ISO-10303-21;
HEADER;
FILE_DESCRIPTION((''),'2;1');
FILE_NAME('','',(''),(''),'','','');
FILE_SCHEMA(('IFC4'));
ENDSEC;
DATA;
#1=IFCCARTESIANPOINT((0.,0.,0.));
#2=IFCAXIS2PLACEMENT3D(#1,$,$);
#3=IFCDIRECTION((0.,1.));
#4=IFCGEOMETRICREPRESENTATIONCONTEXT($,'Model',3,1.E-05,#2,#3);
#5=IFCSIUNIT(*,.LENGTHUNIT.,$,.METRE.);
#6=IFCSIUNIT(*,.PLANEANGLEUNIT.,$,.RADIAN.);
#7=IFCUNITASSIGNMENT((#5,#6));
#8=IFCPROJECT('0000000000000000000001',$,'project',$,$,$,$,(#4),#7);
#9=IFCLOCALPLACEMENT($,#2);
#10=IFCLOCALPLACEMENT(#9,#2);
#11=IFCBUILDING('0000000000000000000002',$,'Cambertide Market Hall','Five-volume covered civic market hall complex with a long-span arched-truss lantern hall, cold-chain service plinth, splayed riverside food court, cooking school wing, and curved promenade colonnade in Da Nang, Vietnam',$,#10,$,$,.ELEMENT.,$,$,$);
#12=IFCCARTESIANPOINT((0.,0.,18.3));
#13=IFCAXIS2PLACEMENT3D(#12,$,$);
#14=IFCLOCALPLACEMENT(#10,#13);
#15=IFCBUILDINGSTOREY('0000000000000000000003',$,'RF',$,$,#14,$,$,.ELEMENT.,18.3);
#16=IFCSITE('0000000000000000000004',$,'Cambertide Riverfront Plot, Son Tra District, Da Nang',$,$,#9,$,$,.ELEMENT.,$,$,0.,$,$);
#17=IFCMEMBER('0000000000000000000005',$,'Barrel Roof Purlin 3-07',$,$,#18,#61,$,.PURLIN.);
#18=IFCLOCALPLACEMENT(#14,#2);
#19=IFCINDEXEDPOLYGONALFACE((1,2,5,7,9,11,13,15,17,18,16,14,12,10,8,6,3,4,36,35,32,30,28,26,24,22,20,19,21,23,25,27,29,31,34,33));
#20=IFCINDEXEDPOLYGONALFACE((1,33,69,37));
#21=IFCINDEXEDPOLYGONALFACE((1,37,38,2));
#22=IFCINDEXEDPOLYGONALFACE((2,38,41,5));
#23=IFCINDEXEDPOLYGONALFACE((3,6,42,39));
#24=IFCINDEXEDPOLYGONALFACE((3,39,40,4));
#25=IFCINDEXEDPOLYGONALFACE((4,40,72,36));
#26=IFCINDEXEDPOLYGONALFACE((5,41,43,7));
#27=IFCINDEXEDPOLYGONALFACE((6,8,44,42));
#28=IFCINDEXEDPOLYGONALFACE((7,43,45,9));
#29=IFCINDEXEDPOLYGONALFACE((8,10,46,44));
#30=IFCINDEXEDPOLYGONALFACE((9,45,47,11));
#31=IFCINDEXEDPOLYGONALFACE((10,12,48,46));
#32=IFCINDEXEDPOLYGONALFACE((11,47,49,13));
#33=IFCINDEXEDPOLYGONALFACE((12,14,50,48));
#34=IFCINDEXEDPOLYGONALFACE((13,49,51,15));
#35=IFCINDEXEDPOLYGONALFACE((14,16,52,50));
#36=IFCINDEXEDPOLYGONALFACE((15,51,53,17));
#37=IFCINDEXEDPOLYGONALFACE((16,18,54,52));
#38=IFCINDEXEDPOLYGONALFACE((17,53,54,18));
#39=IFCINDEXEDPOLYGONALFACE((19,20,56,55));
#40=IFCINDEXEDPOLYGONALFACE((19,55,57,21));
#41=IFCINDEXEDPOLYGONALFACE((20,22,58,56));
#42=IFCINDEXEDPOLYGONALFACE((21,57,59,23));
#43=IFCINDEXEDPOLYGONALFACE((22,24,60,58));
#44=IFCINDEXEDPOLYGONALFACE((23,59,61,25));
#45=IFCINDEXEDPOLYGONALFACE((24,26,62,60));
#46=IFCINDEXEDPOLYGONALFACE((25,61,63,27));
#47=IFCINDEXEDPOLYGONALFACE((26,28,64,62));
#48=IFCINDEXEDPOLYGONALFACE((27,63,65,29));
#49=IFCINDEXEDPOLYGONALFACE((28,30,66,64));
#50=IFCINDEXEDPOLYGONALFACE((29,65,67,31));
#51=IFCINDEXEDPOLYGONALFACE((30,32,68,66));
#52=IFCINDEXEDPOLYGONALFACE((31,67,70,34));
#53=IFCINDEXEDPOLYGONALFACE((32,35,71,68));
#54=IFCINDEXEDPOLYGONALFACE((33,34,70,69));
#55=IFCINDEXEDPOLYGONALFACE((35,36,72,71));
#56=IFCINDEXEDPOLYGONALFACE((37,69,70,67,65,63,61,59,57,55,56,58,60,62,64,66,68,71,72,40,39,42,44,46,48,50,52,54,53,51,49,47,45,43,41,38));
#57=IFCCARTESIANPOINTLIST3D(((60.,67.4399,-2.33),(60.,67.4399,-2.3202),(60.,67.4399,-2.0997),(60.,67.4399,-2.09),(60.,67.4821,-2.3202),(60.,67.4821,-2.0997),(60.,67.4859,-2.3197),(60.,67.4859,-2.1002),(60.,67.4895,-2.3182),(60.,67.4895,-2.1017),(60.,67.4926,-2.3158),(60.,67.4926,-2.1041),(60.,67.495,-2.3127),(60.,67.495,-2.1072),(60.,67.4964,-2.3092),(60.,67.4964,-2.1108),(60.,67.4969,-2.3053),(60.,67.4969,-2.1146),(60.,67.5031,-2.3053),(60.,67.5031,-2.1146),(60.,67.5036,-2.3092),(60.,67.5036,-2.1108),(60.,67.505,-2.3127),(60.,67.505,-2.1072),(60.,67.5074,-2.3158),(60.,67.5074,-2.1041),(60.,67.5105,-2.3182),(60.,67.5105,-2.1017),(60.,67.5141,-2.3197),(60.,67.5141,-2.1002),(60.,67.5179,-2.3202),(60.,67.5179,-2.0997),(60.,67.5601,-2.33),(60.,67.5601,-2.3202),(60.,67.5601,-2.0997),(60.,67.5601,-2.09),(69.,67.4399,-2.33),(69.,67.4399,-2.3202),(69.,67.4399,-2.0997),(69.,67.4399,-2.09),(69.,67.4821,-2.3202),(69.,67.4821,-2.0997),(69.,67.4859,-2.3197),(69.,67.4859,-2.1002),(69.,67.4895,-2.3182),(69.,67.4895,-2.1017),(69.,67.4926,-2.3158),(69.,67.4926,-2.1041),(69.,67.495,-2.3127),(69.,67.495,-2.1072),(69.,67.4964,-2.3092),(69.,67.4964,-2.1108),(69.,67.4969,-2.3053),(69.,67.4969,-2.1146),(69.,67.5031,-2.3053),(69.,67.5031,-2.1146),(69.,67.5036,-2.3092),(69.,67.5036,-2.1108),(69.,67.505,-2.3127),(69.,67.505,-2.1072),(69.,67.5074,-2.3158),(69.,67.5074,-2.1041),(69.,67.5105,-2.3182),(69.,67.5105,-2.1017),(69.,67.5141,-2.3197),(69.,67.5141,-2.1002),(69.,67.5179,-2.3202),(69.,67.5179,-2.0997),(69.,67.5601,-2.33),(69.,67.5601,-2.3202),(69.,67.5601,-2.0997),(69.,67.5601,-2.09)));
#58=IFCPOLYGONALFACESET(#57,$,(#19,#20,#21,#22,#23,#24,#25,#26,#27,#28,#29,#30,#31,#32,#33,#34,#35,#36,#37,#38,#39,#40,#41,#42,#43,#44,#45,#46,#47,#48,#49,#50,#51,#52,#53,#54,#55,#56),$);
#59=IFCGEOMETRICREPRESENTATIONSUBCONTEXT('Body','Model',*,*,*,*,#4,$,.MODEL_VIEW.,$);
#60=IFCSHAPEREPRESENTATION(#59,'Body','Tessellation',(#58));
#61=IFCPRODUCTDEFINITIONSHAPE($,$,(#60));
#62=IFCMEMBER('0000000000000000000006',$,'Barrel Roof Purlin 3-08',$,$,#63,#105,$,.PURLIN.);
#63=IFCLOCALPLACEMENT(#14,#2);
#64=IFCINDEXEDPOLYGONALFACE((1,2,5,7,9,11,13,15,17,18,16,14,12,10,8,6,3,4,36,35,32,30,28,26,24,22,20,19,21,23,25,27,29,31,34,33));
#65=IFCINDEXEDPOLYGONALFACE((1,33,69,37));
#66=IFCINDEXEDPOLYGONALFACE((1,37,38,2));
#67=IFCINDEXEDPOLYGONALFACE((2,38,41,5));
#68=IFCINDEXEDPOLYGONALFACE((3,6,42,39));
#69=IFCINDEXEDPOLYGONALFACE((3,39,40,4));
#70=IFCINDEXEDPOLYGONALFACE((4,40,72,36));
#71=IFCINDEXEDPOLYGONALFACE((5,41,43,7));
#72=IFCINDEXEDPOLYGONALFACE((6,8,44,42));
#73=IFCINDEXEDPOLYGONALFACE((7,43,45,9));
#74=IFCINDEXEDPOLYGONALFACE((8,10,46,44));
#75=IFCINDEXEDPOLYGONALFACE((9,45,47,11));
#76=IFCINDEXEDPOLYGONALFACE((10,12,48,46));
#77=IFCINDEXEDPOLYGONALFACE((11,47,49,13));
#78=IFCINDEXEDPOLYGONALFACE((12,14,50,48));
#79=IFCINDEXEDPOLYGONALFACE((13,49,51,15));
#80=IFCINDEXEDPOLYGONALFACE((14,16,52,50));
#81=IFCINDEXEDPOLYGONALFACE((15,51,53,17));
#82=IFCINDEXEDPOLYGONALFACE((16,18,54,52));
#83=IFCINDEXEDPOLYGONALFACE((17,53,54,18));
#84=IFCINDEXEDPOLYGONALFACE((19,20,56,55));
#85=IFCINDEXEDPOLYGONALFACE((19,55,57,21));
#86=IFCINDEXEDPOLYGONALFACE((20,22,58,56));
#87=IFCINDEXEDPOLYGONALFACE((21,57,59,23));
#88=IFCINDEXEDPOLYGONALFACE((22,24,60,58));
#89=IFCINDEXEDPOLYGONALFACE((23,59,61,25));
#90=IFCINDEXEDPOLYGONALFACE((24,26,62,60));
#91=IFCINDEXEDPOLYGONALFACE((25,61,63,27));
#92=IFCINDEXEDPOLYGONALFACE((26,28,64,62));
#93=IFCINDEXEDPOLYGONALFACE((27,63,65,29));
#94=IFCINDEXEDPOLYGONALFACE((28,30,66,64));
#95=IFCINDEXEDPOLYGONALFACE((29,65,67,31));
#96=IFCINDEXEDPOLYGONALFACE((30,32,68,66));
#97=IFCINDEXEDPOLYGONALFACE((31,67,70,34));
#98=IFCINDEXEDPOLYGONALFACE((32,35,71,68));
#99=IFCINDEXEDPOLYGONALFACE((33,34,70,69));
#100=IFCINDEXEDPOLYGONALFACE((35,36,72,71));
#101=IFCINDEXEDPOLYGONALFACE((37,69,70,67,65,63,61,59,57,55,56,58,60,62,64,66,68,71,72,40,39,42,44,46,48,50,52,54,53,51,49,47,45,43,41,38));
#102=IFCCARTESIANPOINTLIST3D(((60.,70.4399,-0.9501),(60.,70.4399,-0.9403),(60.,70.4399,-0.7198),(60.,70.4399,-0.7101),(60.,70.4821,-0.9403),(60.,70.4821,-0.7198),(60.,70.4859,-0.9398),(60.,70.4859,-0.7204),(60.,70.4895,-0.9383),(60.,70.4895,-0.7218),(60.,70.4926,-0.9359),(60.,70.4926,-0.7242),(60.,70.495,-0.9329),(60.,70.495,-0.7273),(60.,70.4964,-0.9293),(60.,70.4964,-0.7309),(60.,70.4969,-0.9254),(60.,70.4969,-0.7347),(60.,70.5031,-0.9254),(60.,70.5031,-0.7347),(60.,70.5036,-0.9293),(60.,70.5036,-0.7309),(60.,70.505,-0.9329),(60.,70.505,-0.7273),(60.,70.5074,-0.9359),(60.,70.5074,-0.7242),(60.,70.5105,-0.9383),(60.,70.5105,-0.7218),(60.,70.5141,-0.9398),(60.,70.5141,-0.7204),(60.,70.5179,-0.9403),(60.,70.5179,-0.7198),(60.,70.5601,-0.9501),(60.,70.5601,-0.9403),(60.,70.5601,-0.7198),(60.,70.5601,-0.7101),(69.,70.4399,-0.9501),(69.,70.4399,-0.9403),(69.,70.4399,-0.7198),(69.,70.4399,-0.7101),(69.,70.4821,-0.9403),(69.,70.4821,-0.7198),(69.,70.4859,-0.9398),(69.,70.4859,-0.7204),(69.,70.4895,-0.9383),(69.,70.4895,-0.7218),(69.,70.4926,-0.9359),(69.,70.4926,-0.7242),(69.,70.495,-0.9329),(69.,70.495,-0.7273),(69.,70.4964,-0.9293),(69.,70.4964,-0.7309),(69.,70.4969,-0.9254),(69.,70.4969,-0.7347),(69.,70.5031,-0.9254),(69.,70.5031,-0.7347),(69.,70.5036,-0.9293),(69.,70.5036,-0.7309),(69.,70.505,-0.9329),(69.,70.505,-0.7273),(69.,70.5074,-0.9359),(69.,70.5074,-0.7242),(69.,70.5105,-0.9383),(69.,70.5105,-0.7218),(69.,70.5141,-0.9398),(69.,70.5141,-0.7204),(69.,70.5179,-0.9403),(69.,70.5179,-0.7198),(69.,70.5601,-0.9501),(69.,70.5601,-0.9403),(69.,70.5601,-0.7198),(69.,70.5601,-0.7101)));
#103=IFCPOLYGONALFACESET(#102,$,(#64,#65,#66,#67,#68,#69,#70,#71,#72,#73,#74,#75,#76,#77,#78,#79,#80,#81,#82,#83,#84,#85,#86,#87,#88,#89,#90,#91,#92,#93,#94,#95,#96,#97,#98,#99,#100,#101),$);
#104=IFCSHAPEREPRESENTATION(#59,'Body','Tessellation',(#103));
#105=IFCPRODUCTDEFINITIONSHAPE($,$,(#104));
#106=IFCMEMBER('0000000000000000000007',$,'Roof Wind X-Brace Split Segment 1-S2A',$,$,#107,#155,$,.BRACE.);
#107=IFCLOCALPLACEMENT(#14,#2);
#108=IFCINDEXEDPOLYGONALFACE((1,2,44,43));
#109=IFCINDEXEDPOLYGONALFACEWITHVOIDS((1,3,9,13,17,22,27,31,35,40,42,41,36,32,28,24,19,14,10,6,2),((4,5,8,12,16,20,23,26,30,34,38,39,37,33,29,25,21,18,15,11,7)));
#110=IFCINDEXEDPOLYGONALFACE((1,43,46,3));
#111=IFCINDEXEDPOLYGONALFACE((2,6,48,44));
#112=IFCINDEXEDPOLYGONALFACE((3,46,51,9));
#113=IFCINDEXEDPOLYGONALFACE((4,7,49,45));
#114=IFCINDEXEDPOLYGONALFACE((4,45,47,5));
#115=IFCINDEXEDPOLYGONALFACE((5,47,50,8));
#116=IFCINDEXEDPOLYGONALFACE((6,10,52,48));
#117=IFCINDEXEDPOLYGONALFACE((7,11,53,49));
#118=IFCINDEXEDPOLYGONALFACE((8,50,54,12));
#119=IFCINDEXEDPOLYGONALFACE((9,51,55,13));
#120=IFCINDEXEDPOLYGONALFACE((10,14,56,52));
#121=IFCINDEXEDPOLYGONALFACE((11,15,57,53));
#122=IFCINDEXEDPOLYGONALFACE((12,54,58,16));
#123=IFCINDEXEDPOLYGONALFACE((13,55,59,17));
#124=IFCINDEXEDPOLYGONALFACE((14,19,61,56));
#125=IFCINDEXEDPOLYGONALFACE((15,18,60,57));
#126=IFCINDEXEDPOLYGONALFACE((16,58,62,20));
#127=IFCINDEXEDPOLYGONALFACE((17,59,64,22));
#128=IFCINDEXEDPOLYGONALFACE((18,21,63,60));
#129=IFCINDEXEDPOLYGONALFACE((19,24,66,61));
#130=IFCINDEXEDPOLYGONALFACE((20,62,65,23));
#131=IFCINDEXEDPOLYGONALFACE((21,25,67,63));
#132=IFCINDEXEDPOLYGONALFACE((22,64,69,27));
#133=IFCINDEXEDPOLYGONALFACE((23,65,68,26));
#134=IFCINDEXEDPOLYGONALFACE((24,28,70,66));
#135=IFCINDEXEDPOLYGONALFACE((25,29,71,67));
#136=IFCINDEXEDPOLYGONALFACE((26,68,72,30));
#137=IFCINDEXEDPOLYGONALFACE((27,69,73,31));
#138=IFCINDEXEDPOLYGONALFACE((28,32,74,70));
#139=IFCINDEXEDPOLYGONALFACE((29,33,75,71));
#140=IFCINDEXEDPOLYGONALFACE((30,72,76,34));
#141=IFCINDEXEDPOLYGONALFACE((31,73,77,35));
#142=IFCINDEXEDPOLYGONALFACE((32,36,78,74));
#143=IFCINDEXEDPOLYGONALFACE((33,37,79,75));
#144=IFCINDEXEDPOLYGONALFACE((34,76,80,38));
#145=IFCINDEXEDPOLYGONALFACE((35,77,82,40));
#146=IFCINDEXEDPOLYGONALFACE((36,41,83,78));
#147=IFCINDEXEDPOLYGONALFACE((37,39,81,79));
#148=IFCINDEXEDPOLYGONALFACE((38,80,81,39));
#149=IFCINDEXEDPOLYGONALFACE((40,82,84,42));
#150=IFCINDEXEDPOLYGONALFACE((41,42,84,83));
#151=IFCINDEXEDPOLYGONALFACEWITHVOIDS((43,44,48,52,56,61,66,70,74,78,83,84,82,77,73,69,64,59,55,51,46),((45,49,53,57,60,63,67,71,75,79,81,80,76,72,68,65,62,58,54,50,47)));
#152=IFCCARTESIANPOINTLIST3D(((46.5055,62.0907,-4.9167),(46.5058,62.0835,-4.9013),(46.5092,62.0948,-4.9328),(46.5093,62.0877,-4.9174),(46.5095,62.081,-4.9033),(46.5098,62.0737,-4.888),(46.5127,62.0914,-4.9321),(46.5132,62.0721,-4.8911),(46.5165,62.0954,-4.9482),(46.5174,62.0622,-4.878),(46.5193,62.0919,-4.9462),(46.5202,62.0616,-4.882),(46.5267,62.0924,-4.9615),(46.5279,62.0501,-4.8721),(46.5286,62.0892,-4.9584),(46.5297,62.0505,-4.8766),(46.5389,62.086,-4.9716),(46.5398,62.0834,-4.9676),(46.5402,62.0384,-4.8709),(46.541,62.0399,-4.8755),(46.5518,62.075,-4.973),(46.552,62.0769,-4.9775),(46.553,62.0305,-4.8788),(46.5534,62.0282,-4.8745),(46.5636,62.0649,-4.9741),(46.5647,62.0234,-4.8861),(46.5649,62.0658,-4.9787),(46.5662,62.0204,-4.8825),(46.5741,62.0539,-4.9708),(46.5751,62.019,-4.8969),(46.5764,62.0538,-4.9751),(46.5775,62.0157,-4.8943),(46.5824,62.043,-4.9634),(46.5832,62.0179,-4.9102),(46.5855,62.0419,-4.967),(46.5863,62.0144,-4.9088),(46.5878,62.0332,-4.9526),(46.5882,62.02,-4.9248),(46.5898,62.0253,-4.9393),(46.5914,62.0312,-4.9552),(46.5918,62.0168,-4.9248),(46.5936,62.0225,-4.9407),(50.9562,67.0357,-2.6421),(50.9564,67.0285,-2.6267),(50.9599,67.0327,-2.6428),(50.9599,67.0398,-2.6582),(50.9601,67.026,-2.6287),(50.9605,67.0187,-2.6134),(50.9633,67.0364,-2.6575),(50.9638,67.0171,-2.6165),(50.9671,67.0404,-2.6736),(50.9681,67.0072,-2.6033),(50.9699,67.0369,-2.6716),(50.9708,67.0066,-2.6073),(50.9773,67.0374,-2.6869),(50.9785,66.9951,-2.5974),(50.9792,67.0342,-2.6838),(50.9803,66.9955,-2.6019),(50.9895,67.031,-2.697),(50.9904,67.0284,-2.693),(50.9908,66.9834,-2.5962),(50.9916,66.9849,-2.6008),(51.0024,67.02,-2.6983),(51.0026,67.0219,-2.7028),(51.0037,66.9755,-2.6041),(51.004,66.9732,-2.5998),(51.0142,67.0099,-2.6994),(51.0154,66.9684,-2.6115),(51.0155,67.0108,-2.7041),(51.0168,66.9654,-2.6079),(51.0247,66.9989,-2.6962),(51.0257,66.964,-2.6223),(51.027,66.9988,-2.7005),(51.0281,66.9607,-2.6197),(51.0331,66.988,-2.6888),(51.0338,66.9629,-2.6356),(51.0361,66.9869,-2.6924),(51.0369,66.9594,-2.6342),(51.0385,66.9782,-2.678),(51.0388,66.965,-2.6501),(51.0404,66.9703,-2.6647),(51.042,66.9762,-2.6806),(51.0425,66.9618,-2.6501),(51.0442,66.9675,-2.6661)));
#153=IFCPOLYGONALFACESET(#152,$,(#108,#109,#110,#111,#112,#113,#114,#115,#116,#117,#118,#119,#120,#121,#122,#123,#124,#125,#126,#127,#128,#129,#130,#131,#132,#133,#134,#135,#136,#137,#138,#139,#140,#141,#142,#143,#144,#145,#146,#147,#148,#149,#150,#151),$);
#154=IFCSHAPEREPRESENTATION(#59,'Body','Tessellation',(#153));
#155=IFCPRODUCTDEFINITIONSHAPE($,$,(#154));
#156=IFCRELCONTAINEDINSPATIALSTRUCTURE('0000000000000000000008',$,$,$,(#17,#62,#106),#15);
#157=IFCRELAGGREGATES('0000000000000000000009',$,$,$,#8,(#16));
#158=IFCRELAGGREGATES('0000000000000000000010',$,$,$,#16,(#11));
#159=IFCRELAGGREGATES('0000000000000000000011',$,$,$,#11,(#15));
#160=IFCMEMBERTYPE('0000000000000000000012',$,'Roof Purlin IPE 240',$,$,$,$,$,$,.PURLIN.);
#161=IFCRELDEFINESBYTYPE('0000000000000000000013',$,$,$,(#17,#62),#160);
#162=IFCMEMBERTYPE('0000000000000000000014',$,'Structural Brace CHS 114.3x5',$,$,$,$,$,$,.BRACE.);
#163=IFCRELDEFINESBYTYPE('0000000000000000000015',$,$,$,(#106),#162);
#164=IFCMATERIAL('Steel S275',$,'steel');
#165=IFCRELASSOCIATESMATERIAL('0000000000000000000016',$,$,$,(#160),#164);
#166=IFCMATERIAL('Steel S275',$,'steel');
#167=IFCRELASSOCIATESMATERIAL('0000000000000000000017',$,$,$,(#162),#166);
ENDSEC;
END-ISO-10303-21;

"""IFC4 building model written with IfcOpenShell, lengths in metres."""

from ifc_helpers import new_model, si_unit, direction, frame, origin, origin_2d, place, context, subcontext, project, spatial, hollow_circle, i_section, extrude, material, material_profile, profile_set, type_object, element, save


model = new_model("IFC4")

# Units and contexts
model_context = context("Model", 3, precision=1e-05, world=origin(), true_north=direction((0.0, 1.0)))
body_context = subcontext(model_context, "Body", "Model", "MODEL_VIEW")
ifc_project = project(units=[si_unit("LENGTHUNIT", "METRE"), si_unit("PLANEANGLEUNIT", "RADIAN")], contexts=[model_context])

# Site, building, storey
site_placement = place(None, origin())
site = spatial("IfcSite", under=ifc_project, at=site_placement, Name="Cambertide Riverfront Plot, Son Tra District, Da Nang", CompositionType="ELEMENT", RefElevation=0.0)
building_placement = place(site_placement, origin())
building = spatial("IfcBuilding", under=site, at=building_placement, Name="Cambertide Market Hall", Description="Five-volume covered civic market hall complex with a long-span arched-truss lantern hall, cold-chain service plinth, splayed riverside food court, cooking school wing, and curved promenade colonnade in Da Nang, Vietnam", CompositionType="ELEMENT")
storey_placement = place(building_placement, frame((0.0, 0.0, 18.3)))
storey = spatial("IfcBuildingStorey", under=building, at=storey_placement, Name="RF", CompositionType="ELEMENT", Elevation=18.3)

# Members
ifc_material_1 = material(Name="Steel S275", Category="steel")
ifc_material_profile_1 = material_profile(ifc_material_1, i_section(OverallWidth=0.1201, OverallDepth=0.24, WebThickness=0.0061, FlangeThickness=0.0098, FilletRadius=0.0149, at=origin_2d()), Name="IPE 240")
ifc_profile_set_1 = profile_set([ifc_material_profile_1], Name="Steel S275")
member_type_1 = type_object("IfcMemberType", Name="Roof Purlin IPE 240", PredefinedType="PURLIN", material=ifc_profile_set_1)
for number, where, z_axis, x_axis, name in (
    (1, (60.0, 67.5, -2.21), (1.0, 0.0, 0.0), (0.0, 1.0, 0.0), "Barrel Roof Purlin 3-07"),
    (2, (60.0, 70.5, -0.8301), (1.0, 0.0, 0.0), (0.0, 1.0, 0.0), "Barrel Roof Purlin 3-08"),
):
    element("IfcMember", number, at=place(storey_placement, frame(where, z_axis=z_axis, x_axis=x_axis)), inside=storey, type_object=member_type_1, Name=name, PredefinedType="PURLIN", context=body_context, shape_type="SweptSolid", body=[
        extrude(i_section(OverallWidth=0.1201, OverallDepth=0.24, WebThickness=0.0061, FlangeThickness=0.0098, FilletRadius=0.0149, at=origin_2d()), origin(), (0.0, 0.0, 1.0), 9.0),
    ])
ifc_material_2 = material(Name="Steel S275", Category="steel")
ifc_material_profile_2 = material_profile(ifc_material_2, hollow_circle(Radius=0.0571, WallThickness=0.0049, at=origin_2d()), Name="CHS 114.3x5")
ifc_profile_set_2 = profile_set([ifc_material_profile_2], Name="Steel S275")
member_type_2 = type_object("IfcMemberType", Name="Structural Brace CHS 114.3x5", PredefinedType="BRACE", material=ifc_profile_set_2)
member_1_placement = place(storey_placement, frame((51.0, 67.0, -2.6501), z_axis=(-0.633, -0.703314, -0.323514), x_axis=(0.743285, -0.668975, 0.0)))
element("IfcMember", 3, at=member_1_placement, inside=storey, type_object=member_type_2, Name="Roof Wind X-Brace Split Segment 1-S2A", PredefinedType="BRACE", context=body_context, shape_type="SweptSolid", body=[
    extrude(hollow_circle(Radius=0.0571, WallThickness=0.0049, at=origin_2d()), origin(), (0.0, 0.0, 1.0), 7.031),
])

save(model, "model.ifc")
